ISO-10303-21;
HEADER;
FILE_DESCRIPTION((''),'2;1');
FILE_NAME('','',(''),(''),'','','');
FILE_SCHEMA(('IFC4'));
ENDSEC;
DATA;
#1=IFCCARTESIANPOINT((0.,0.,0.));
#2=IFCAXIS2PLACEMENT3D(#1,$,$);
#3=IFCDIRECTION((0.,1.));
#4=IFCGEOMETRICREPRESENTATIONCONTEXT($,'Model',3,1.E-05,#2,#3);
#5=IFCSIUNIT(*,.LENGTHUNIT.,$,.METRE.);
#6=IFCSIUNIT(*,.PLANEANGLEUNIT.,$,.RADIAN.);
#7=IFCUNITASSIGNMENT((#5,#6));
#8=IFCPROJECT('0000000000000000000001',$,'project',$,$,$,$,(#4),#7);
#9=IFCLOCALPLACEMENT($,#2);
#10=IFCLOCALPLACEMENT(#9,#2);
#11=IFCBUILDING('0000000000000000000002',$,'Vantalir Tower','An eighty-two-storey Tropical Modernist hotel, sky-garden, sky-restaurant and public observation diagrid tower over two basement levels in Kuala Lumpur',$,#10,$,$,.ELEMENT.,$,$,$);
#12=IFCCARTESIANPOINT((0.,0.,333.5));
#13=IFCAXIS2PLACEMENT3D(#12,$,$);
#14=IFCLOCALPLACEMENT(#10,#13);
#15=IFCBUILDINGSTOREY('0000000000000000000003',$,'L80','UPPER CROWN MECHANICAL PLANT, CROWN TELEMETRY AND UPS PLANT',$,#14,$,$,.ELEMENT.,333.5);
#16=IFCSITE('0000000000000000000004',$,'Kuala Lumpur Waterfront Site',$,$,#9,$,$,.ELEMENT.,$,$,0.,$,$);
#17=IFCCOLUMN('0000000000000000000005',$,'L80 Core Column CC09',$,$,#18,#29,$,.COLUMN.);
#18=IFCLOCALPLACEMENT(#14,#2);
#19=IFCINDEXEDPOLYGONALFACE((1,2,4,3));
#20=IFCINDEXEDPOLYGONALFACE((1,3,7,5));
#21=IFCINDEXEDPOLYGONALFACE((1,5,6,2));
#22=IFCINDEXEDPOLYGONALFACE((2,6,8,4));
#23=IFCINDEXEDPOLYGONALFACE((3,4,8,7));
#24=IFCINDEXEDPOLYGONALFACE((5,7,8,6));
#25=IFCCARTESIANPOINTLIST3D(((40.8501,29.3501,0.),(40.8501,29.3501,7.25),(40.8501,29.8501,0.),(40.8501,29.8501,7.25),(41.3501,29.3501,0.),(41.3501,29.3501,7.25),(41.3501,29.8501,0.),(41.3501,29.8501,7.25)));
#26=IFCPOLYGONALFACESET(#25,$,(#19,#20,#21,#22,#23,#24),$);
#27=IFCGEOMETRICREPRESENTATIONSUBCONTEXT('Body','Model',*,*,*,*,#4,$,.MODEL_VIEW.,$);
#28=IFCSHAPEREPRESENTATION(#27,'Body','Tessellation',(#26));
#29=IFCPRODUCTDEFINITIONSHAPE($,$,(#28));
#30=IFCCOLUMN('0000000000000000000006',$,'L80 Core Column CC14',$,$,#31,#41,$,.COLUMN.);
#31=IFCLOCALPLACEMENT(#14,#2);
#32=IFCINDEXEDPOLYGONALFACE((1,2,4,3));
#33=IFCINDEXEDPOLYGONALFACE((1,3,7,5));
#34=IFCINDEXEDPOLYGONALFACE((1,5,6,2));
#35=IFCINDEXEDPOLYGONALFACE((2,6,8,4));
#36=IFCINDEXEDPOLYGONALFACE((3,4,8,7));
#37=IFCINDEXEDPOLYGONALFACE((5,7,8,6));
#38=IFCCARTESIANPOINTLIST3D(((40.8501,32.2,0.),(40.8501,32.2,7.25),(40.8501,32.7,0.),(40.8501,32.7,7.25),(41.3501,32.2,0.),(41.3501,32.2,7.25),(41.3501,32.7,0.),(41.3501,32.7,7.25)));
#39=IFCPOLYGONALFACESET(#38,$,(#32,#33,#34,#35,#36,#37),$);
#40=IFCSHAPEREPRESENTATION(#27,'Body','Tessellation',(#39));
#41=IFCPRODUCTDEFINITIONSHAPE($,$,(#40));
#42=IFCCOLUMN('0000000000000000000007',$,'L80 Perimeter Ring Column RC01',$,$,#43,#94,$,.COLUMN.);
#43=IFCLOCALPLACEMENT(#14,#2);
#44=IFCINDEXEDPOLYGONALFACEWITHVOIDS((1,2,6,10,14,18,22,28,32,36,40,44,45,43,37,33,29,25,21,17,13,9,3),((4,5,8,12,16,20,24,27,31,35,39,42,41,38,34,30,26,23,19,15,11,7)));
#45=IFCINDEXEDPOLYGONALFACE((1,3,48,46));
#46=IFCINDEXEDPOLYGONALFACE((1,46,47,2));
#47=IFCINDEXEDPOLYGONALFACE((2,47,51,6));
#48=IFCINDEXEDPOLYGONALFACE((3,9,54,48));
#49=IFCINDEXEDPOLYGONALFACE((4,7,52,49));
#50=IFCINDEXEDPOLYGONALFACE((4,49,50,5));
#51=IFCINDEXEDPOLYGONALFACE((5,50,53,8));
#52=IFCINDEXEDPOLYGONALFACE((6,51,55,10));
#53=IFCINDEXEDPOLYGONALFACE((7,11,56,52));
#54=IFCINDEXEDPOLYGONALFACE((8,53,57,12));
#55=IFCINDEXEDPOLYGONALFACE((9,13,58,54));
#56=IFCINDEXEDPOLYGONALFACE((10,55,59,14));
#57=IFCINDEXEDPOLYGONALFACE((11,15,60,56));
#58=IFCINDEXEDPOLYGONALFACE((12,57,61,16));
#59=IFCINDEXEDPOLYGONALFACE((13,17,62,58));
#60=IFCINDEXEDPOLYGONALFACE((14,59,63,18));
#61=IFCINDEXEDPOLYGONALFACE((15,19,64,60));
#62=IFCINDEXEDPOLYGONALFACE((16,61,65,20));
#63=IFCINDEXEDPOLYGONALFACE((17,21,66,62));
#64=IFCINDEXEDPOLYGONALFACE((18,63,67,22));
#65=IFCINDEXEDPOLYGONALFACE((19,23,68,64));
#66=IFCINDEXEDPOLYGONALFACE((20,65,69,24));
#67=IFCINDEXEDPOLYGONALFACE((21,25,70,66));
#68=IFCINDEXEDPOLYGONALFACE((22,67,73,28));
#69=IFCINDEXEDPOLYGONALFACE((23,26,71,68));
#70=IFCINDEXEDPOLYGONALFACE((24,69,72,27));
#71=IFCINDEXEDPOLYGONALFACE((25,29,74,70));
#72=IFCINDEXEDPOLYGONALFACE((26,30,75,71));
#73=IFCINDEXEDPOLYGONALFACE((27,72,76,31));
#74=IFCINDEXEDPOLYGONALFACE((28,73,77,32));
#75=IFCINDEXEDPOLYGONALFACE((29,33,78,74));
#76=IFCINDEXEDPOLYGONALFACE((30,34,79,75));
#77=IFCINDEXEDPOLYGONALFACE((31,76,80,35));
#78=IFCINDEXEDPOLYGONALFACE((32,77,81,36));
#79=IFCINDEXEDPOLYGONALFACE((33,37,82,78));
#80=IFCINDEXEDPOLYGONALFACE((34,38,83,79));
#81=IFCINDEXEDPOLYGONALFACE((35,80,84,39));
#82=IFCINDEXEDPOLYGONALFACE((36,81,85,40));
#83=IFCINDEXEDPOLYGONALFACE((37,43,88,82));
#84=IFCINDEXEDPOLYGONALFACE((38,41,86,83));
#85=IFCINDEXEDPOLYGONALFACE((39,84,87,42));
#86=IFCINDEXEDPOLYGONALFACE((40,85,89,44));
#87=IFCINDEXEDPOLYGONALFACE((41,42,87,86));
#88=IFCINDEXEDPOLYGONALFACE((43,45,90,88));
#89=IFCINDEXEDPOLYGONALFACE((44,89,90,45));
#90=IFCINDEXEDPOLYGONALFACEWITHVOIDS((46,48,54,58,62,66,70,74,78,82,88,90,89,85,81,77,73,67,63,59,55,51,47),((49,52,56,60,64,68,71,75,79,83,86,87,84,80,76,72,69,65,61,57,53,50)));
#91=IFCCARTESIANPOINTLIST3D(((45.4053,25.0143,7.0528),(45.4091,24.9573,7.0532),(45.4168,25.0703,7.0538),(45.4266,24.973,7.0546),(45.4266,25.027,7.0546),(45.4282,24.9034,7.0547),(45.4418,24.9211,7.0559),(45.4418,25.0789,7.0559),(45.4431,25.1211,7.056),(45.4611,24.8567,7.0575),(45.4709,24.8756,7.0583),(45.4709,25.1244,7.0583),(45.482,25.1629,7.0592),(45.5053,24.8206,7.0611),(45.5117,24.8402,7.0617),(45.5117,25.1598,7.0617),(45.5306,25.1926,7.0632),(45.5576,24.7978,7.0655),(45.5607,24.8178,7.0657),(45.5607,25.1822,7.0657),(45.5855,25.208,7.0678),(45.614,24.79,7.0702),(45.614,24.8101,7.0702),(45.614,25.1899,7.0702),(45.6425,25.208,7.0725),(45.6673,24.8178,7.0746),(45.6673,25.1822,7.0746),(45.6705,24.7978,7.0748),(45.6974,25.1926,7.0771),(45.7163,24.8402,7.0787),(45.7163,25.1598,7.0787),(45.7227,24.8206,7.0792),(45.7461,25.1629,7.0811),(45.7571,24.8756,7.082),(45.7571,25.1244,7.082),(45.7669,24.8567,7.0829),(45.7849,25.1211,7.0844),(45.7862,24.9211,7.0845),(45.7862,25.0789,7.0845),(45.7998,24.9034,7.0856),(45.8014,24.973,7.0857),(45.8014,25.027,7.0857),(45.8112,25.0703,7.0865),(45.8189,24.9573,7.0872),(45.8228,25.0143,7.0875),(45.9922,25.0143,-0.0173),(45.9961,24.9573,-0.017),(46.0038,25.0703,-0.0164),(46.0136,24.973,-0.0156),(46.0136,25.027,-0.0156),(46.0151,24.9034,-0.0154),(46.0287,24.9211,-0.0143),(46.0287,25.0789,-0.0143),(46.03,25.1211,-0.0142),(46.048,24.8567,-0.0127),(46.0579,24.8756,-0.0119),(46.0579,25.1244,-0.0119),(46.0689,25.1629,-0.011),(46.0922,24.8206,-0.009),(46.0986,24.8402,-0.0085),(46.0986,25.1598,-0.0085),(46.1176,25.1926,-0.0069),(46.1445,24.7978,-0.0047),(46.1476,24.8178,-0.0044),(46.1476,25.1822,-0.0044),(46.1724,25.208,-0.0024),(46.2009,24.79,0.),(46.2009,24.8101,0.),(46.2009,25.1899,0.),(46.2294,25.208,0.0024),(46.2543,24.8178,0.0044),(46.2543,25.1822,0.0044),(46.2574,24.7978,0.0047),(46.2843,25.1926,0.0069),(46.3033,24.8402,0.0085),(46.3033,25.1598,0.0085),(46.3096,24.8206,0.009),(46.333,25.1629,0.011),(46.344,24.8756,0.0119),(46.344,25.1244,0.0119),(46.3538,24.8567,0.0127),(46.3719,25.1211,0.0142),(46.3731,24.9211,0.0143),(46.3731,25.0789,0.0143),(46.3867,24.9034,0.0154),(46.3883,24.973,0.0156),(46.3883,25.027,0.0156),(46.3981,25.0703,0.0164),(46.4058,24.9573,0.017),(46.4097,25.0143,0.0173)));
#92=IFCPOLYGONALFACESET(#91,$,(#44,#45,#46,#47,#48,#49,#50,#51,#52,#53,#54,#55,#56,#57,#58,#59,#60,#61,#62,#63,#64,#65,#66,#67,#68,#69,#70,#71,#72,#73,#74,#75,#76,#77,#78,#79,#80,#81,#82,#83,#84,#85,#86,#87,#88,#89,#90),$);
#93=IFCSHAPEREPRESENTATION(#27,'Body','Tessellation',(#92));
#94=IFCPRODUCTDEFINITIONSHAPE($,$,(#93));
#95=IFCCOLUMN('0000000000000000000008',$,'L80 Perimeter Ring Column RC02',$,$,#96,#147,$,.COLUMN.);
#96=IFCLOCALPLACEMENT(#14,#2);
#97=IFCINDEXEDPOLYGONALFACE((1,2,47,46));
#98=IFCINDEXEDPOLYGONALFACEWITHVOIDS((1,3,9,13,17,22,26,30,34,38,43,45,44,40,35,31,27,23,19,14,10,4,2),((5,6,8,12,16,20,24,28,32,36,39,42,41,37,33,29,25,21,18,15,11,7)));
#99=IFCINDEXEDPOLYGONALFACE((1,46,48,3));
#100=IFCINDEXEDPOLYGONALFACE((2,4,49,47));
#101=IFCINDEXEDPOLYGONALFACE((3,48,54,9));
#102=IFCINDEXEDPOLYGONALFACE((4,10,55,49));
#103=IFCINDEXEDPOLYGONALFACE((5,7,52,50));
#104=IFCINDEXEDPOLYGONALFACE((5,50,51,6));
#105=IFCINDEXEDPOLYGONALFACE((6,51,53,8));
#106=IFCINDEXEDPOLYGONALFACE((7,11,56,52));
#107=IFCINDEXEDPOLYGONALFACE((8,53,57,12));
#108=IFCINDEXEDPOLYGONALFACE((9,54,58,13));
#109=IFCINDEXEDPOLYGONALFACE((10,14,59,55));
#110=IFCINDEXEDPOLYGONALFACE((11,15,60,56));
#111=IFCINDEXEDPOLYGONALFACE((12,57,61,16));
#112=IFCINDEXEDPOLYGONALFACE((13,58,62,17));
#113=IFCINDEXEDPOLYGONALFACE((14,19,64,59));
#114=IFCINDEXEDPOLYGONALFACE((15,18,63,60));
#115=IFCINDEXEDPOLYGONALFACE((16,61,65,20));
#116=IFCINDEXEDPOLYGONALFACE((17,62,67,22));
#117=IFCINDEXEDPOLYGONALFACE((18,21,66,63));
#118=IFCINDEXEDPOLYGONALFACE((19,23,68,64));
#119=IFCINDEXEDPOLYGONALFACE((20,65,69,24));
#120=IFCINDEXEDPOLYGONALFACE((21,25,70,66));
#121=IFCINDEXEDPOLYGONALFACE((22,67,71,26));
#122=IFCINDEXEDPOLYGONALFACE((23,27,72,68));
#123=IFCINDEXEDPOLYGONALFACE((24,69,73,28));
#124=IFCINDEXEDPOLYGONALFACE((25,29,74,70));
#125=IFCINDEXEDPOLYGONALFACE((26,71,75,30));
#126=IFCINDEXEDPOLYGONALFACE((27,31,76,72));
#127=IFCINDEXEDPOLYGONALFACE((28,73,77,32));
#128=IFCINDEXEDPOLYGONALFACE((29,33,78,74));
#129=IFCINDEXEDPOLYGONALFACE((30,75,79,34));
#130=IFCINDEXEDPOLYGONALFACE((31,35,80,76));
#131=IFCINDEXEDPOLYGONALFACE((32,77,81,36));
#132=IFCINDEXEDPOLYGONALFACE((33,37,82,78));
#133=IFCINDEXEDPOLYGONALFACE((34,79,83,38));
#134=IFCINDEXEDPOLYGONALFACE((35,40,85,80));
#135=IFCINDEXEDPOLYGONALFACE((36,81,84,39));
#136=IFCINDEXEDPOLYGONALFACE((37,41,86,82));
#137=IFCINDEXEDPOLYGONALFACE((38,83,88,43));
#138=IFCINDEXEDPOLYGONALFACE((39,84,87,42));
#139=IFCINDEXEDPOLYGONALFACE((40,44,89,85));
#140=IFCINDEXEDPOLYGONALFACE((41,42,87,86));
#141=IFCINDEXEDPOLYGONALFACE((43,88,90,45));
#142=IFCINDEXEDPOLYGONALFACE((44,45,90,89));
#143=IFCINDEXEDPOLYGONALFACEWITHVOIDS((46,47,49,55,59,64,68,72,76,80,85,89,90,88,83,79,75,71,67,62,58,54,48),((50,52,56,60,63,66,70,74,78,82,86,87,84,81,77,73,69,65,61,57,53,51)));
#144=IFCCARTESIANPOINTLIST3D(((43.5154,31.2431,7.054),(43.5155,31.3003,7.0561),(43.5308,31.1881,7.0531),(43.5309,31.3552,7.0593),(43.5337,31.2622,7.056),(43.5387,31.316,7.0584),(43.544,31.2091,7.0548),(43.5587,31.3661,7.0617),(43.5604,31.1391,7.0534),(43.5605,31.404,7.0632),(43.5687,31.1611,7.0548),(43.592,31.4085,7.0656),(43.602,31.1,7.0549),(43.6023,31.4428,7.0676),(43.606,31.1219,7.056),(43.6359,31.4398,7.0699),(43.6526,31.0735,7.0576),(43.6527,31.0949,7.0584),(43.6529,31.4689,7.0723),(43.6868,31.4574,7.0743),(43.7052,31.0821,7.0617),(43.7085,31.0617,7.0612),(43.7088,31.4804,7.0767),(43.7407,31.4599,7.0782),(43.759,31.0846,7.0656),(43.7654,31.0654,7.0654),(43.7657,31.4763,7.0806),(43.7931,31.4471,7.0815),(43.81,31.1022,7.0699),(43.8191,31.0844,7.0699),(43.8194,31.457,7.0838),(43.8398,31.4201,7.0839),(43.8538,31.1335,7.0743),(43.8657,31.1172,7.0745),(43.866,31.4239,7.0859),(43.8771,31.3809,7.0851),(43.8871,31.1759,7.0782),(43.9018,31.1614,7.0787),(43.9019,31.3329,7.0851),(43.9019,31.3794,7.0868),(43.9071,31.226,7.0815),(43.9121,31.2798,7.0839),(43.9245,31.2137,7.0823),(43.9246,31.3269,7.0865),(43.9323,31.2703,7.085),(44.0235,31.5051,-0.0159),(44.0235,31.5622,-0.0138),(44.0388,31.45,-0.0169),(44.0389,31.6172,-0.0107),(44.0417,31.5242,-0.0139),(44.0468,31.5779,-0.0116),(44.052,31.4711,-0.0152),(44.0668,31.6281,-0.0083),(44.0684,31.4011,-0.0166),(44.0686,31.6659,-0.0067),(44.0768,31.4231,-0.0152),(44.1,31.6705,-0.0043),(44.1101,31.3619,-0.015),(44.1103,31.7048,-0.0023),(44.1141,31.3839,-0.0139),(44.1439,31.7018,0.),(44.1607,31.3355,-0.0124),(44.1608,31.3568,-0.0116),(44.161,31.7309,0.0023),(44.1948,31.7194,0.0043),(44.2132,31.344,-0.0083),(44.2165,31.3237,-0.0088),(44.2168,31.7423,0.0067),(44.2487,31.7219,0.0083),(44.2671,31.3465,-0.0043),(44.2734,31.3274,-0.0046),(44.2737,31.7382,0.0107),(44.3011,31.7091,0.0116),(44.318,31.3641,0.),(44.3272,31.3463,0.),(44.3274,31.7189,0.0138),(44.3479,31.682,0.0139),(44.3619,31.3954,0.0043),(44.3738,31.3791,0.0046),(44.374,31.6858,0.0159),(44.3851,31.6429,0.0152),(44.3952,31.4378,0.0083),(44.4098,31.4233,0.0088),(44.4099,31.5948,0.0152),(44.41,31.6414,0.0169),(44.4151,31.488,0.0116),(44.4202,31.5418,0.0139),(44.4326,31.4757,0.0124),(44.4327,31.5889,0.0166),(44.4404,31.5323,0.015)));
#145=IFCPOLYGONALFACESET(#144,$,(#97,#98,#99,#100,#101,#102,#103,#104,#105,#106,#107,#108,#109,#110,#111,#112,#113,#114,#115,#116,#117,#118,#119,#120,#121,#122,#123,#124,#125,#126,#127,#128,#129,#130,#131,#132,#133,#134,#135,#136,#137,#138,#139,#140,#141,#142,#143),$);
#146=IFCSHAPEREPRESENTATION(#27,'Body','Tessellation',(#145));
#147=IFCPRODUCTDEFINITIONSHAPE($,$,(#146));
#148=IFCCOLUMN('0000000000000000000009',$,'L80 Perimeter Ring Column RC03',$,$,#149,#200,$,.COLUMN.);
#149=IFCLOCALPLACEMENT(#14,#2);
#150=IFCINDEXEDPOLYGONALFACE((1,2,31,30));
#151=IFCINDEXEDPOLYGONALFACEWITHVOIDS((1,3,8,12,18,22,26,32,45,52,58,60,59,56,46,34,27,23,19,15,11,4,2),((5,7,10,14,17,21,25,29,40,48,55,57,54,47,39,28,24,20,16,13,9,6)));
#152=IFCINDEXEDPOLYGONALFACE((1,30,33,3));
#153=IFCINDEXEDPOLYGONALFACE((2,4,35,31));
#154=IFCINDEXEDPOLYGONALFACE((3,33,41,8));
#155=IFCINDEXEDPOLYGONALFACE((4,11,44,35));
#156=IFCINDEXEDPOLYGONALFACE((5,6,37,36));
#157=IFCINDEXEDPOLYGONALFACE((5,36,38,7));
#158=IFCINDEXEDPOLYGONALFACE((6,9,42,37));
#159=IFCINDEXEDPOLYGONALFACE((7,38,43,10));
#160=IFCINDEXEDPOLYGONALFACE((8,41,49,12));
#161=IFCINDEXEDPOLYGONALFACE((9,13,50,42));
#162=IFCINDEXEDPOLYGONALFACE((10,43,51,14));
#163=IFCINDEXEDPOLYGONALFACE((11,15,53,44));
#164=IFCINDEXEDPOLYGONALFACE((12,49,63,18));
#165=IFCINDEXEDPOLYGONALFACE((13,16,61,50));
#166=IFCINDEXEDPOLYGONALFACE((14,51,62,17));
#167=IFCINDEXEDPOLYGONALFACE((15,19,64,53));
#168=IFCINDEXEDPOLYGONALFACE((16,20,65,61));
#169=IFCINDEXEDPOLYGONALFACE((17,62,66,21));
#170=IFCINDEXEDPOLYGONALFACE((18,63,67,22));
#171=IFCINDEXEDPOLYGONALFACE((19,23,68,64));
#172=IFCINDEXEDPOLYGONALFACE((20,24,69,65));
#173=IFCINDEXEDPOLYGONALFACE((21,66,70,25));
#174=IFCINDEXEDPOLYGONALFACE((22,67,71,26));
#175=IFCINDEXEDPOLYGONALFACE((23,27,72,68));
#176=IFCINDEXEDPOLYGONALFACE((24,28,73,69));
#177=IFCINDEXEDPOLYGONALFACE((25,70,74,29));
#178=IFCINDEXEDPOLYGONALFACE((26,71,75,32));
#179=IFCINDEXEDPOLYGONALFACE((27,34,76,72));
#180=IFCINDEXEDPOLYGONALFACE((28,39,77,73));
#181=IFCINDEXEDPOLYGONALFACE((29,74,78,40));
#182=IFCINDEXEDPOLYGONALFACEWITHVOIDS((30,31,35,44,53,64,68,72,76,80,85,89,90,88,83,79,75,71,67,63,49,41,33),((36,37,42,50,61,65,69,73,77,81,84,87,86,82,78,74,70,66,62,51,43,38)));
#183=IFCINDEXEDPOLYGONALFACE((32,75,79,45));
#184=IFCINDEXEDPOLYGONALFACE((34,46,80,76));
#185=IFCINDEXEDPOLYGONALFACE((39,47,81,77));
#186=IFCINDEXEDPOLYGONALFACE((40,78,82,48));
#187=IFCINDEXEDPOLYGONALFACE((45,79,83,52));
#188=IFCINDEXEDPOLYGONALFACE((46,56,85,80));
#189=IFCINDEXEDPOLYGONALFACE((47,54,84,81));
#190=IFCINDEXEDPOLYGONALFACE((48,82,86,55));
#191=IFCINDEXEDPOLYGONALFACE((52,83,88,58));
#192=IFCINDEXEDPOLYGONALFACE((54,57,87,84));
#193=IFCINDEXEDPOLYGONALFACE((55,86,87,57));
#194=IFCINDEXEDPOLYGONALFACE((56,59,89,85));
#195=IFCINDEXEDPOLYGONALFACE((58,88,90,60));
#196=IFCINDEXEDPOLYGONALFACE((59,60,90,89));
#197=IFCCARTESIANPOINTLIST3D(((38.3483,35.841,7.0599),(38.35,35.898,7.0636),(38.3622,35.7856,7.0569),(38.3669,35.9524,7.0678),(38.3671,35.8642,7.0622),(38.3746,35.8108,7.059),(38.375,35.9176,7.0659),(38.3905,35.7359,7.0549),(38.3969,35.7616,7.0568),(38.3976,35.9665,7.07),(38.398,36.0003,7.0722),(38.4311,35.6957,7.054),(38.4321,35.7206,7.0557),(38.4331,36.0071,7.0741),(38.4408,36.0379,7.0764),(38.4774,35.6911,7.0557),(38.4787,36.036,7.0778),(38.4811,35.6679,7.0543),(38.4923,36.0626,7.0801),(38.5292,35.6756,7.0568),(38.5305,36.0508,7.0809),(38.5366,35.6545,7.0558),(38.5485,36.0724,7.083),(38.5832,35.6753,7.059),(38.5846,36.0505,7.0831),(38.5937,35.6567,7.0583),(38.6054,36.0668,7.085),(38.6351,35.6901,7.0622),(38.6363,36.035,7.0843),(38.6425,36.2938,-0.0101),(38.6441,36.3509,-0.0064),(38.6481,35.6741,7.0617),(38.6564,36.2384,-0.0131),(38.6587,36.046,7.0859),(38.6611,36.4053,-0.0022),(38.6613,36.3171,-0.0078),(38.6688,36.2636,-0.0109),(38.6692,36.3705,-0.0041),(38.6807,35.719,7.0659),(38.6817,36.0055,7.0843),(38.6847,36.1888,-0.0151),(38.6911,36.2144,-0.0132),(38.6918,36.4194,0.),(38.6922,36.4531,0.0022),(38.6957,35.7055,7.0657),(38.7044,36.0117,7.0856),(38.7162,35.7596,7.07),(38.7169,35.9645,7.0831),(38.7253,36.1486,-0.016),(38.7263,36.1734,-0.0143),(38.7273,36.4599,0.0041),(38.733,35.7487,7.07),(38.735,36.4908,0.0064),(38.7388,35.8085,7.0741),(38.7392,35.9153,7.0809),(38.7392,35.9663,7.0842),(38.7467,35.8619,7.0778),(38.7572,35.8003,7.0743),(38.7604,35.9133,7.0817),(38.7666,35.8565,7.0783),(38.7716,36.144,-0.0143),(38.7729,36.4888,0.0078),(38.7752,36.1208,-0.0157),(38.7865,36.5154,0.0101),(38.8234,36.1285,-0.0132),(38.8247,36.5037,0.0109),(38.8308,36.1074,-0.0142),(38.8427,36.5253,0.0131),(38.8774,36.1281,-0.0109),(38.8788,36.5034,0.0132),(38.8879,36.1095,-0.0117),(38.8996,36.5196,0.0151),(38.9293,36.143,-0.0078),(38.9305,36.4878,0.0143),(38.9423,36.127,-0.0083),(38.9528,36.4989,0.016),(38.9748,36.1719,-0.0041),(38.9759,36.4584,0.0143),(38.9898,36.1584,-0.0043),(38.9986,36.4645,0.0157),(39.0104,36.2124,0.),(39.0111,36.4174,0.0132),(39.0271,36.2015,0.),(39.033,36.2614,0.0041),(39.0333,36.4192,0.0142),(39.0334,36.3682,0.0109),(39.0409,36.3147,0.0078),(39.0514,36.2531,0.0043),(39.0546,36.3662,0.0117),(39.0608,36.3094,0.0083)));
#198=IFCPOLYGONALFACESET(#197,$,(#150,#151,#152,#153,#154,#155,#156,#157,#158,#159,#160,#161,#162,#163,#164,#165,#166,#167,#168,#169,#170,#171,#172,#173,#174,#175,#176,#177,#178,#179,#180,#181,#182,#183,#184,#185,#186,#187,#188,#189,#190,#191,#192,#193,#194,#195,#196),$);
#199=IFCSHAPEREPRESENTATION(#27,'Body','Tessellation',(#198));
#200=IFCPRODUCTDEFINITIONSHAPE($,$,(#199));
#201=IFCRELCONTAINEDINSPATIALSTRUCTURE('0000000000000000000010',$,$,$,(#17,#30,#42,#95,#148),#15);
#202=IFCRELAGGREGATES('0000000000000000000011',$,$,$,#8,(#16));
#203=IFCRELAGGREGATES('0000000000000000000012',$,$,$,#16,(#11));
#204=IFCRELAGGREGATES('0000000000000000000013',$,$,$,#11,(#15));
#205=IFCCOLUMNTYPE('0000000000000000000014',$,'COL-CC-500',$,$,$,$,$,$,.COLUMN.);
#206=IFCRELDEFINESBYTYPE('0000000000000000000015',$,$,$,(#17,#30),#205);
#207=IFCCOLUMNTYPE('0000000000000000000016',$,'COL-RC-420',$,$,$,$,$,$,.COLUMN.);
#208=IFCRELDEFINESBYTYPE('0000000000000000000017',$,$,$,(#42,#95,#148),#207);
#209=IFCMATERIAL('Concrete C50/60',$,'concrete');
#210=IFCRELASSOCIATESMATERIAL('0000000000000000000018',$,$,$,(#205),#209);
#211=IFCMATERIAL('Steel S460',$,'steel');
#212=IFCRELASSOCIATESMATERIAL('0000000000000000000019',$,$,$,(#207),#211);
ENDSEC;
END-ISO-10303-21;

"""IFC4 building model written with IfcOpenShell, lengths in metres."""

from ifc_helpers import new_model, si_unit, direction, frame, origin, origin_2d, place, context, subcontext, project, spatial, rectangle, hollow_circle, extrude, material, material_profile, profile_set, type_object, element, save


model = new_model("IFC4")

# Units and contexts
model_context = context("Model", 3, precision=1e-05, world=origin(), true_north=direction((0.0, 1.0)))
body_context = subcontext(model_context, "Body", "Model", "MODEL_VIEW")
ifc_project = project(units=[si_unit("LENGTHUNIT", "METRE"), si_unit("PLANEANGLEUNIT", "RADIAN")], contexts=[model_context])

# Site, building, storey
site_placement = place(None, origin())
site = spatial("IfcSite", under=ifc_project, at=site_placement, Name="Kuala Lumpur Waterfront Site", CompositionType="ELEMENT", RefElevation=0.0)
building_placement = place(site_placement, origin())
building = spatial("IfcBuilding", under=site, at=building_placement, Name="Vantalir Tower", Description="An eighty-two-storey Tropical Modernist hotel, sky-garden, sky-restaurant and public observation diagrid tower over two basement levels in Kuala Lumpur", CompositionType="ELEMENT")
storey_placement = place(building_placement, frame((0.0, 0.0, 333.5)))
storey = spatial("IfcBuildingStorey", under=building, at=storey_placement, Name="L80", Description="UPPER CROWN MECHANICAL PLANT, CROWN TELEMETRY AND UPS PLANT", CompositionType="ELEMENT", Elevation=333.5)

# Columns
ifc_material_1 = material(Name="Concrete C50/60", Category="concrete")
ifc_material_profile_1 = material_profile(ifc_material_1, rectangle(XDim=0.5, YDim=0.5, at=origin_2d()), Name="Concrete C50/60")
ifc_profile_set_1 = profile_set([ifc_material_profile_1], Name="Concrete C50/60")
column_type_1 = type_object("IfcColumnType", Name="COL-CC-500", PredefinedType="COLUMN", material=ifc_profile_set_1)
for number, where, z_axis, x_axis, name in (
    (1, (41.1001, 29.6001, 0.0), (0.0, 0.0, 1.0), (1.0, 0.0, 0.0), "L80 Core Column CC09"),
    (2, (41.1001, 32.45, 0.0), (0.0, 0.0, 1.0), (1.0, 0.0, 0.0), "L80 Core Column CC14"),
):
    element("IfcColumn", number, at=place(storey_placement, frame(where, z_axis=z_axis, x_axis=x_axis)), inside=storey, type_object=column_type_1, Name=name, PredefinedType="COLUMN", context=body_context, shape_type="SweptSolid", body=[
        extrude(rectangle(XDim=0.5, YDim=0.5, at=origin_2d()), origin(), (0.0, 0.0, 1.0), 7.25),
    ])
ifc_material_2 = material(Name="Steel S460", Category="steel")
ifc_material_profile_2 = material_profile(ifc_material_2, hollow_circle(Radius=0.21, WallThickness=0.02, at=origin_2d()), Name="Steel S460")
ifc_profile_set_2 = profile_set([ifc_material_profile_2], Name="Steel S460")
column_type_2 = type_object("IfcColumnType", Name="COL-RC-420", PredefinedType="COLUMN", material=ifc_profile_set_2)
column_1_placement = place(storey_placement, frame((46.2009, 25.0, 0.0), z_axis=(-0.082729, 0.0, 0.996572), x_axis=(0.0, -1.0, 0.0)))
element("IfcColumn", 3, at=column_1_placement, inside=storey, type_object=column_type_2, Name="L80 Perimeter Ring Column RC01", PredefinedType="COLUMN", context=body_context, shape_type="SweptSolid", body=[
    extrude(hollow_circle(Radius=0.21, WallThickness=0.02, at=origin_2d()), origin(), (0.0, 0.0, 1.0), 7.0945),
])
column_2_placement = place(storey_placement, frame((44.231, 31.533, 0.0), z_axis=(-0.071626, -0.036932, 0.996748), x_axis=(0.458284, -0.888806, 0.0)))
element("IfcColumn", 4, at=column_2_placement, inside=storey, type_object=column_type_2, Name="L80 Perimeter Ring Column RC02", PredefinedType="COLUMN", context=body_context, shape_type="SweptSolid", body=[
    extrude(hollow_circle(Radius=0.21, WallThickness=0.02, at=origin_2d()), origin(), (0.0, 0.0, 1.0), 7.093),
])
column_3_placement = place(storey_placement, frame((38.8511, 36.3159, 0.0), z_axis=(-0.04149, -0.06387, 0.997095), x_axis=(0.838599, -0.54475, 0.0)))
element("IfcColumn", 5, at=column_3_placement, inside=storey, type_object=column_type_2, Name="L80 Perimeter Ring Column RC03", PredefinedType="COLUMN", context=body_context, shape_type="SweptSolid", body=[
    extrude(hollow_circle(Radius=0.21, WallThickness=0.02, at=origin_2d()), origin(), (0.0, 0.0, 1.0), 7.0906),
])

save(model, "model.ifc")
